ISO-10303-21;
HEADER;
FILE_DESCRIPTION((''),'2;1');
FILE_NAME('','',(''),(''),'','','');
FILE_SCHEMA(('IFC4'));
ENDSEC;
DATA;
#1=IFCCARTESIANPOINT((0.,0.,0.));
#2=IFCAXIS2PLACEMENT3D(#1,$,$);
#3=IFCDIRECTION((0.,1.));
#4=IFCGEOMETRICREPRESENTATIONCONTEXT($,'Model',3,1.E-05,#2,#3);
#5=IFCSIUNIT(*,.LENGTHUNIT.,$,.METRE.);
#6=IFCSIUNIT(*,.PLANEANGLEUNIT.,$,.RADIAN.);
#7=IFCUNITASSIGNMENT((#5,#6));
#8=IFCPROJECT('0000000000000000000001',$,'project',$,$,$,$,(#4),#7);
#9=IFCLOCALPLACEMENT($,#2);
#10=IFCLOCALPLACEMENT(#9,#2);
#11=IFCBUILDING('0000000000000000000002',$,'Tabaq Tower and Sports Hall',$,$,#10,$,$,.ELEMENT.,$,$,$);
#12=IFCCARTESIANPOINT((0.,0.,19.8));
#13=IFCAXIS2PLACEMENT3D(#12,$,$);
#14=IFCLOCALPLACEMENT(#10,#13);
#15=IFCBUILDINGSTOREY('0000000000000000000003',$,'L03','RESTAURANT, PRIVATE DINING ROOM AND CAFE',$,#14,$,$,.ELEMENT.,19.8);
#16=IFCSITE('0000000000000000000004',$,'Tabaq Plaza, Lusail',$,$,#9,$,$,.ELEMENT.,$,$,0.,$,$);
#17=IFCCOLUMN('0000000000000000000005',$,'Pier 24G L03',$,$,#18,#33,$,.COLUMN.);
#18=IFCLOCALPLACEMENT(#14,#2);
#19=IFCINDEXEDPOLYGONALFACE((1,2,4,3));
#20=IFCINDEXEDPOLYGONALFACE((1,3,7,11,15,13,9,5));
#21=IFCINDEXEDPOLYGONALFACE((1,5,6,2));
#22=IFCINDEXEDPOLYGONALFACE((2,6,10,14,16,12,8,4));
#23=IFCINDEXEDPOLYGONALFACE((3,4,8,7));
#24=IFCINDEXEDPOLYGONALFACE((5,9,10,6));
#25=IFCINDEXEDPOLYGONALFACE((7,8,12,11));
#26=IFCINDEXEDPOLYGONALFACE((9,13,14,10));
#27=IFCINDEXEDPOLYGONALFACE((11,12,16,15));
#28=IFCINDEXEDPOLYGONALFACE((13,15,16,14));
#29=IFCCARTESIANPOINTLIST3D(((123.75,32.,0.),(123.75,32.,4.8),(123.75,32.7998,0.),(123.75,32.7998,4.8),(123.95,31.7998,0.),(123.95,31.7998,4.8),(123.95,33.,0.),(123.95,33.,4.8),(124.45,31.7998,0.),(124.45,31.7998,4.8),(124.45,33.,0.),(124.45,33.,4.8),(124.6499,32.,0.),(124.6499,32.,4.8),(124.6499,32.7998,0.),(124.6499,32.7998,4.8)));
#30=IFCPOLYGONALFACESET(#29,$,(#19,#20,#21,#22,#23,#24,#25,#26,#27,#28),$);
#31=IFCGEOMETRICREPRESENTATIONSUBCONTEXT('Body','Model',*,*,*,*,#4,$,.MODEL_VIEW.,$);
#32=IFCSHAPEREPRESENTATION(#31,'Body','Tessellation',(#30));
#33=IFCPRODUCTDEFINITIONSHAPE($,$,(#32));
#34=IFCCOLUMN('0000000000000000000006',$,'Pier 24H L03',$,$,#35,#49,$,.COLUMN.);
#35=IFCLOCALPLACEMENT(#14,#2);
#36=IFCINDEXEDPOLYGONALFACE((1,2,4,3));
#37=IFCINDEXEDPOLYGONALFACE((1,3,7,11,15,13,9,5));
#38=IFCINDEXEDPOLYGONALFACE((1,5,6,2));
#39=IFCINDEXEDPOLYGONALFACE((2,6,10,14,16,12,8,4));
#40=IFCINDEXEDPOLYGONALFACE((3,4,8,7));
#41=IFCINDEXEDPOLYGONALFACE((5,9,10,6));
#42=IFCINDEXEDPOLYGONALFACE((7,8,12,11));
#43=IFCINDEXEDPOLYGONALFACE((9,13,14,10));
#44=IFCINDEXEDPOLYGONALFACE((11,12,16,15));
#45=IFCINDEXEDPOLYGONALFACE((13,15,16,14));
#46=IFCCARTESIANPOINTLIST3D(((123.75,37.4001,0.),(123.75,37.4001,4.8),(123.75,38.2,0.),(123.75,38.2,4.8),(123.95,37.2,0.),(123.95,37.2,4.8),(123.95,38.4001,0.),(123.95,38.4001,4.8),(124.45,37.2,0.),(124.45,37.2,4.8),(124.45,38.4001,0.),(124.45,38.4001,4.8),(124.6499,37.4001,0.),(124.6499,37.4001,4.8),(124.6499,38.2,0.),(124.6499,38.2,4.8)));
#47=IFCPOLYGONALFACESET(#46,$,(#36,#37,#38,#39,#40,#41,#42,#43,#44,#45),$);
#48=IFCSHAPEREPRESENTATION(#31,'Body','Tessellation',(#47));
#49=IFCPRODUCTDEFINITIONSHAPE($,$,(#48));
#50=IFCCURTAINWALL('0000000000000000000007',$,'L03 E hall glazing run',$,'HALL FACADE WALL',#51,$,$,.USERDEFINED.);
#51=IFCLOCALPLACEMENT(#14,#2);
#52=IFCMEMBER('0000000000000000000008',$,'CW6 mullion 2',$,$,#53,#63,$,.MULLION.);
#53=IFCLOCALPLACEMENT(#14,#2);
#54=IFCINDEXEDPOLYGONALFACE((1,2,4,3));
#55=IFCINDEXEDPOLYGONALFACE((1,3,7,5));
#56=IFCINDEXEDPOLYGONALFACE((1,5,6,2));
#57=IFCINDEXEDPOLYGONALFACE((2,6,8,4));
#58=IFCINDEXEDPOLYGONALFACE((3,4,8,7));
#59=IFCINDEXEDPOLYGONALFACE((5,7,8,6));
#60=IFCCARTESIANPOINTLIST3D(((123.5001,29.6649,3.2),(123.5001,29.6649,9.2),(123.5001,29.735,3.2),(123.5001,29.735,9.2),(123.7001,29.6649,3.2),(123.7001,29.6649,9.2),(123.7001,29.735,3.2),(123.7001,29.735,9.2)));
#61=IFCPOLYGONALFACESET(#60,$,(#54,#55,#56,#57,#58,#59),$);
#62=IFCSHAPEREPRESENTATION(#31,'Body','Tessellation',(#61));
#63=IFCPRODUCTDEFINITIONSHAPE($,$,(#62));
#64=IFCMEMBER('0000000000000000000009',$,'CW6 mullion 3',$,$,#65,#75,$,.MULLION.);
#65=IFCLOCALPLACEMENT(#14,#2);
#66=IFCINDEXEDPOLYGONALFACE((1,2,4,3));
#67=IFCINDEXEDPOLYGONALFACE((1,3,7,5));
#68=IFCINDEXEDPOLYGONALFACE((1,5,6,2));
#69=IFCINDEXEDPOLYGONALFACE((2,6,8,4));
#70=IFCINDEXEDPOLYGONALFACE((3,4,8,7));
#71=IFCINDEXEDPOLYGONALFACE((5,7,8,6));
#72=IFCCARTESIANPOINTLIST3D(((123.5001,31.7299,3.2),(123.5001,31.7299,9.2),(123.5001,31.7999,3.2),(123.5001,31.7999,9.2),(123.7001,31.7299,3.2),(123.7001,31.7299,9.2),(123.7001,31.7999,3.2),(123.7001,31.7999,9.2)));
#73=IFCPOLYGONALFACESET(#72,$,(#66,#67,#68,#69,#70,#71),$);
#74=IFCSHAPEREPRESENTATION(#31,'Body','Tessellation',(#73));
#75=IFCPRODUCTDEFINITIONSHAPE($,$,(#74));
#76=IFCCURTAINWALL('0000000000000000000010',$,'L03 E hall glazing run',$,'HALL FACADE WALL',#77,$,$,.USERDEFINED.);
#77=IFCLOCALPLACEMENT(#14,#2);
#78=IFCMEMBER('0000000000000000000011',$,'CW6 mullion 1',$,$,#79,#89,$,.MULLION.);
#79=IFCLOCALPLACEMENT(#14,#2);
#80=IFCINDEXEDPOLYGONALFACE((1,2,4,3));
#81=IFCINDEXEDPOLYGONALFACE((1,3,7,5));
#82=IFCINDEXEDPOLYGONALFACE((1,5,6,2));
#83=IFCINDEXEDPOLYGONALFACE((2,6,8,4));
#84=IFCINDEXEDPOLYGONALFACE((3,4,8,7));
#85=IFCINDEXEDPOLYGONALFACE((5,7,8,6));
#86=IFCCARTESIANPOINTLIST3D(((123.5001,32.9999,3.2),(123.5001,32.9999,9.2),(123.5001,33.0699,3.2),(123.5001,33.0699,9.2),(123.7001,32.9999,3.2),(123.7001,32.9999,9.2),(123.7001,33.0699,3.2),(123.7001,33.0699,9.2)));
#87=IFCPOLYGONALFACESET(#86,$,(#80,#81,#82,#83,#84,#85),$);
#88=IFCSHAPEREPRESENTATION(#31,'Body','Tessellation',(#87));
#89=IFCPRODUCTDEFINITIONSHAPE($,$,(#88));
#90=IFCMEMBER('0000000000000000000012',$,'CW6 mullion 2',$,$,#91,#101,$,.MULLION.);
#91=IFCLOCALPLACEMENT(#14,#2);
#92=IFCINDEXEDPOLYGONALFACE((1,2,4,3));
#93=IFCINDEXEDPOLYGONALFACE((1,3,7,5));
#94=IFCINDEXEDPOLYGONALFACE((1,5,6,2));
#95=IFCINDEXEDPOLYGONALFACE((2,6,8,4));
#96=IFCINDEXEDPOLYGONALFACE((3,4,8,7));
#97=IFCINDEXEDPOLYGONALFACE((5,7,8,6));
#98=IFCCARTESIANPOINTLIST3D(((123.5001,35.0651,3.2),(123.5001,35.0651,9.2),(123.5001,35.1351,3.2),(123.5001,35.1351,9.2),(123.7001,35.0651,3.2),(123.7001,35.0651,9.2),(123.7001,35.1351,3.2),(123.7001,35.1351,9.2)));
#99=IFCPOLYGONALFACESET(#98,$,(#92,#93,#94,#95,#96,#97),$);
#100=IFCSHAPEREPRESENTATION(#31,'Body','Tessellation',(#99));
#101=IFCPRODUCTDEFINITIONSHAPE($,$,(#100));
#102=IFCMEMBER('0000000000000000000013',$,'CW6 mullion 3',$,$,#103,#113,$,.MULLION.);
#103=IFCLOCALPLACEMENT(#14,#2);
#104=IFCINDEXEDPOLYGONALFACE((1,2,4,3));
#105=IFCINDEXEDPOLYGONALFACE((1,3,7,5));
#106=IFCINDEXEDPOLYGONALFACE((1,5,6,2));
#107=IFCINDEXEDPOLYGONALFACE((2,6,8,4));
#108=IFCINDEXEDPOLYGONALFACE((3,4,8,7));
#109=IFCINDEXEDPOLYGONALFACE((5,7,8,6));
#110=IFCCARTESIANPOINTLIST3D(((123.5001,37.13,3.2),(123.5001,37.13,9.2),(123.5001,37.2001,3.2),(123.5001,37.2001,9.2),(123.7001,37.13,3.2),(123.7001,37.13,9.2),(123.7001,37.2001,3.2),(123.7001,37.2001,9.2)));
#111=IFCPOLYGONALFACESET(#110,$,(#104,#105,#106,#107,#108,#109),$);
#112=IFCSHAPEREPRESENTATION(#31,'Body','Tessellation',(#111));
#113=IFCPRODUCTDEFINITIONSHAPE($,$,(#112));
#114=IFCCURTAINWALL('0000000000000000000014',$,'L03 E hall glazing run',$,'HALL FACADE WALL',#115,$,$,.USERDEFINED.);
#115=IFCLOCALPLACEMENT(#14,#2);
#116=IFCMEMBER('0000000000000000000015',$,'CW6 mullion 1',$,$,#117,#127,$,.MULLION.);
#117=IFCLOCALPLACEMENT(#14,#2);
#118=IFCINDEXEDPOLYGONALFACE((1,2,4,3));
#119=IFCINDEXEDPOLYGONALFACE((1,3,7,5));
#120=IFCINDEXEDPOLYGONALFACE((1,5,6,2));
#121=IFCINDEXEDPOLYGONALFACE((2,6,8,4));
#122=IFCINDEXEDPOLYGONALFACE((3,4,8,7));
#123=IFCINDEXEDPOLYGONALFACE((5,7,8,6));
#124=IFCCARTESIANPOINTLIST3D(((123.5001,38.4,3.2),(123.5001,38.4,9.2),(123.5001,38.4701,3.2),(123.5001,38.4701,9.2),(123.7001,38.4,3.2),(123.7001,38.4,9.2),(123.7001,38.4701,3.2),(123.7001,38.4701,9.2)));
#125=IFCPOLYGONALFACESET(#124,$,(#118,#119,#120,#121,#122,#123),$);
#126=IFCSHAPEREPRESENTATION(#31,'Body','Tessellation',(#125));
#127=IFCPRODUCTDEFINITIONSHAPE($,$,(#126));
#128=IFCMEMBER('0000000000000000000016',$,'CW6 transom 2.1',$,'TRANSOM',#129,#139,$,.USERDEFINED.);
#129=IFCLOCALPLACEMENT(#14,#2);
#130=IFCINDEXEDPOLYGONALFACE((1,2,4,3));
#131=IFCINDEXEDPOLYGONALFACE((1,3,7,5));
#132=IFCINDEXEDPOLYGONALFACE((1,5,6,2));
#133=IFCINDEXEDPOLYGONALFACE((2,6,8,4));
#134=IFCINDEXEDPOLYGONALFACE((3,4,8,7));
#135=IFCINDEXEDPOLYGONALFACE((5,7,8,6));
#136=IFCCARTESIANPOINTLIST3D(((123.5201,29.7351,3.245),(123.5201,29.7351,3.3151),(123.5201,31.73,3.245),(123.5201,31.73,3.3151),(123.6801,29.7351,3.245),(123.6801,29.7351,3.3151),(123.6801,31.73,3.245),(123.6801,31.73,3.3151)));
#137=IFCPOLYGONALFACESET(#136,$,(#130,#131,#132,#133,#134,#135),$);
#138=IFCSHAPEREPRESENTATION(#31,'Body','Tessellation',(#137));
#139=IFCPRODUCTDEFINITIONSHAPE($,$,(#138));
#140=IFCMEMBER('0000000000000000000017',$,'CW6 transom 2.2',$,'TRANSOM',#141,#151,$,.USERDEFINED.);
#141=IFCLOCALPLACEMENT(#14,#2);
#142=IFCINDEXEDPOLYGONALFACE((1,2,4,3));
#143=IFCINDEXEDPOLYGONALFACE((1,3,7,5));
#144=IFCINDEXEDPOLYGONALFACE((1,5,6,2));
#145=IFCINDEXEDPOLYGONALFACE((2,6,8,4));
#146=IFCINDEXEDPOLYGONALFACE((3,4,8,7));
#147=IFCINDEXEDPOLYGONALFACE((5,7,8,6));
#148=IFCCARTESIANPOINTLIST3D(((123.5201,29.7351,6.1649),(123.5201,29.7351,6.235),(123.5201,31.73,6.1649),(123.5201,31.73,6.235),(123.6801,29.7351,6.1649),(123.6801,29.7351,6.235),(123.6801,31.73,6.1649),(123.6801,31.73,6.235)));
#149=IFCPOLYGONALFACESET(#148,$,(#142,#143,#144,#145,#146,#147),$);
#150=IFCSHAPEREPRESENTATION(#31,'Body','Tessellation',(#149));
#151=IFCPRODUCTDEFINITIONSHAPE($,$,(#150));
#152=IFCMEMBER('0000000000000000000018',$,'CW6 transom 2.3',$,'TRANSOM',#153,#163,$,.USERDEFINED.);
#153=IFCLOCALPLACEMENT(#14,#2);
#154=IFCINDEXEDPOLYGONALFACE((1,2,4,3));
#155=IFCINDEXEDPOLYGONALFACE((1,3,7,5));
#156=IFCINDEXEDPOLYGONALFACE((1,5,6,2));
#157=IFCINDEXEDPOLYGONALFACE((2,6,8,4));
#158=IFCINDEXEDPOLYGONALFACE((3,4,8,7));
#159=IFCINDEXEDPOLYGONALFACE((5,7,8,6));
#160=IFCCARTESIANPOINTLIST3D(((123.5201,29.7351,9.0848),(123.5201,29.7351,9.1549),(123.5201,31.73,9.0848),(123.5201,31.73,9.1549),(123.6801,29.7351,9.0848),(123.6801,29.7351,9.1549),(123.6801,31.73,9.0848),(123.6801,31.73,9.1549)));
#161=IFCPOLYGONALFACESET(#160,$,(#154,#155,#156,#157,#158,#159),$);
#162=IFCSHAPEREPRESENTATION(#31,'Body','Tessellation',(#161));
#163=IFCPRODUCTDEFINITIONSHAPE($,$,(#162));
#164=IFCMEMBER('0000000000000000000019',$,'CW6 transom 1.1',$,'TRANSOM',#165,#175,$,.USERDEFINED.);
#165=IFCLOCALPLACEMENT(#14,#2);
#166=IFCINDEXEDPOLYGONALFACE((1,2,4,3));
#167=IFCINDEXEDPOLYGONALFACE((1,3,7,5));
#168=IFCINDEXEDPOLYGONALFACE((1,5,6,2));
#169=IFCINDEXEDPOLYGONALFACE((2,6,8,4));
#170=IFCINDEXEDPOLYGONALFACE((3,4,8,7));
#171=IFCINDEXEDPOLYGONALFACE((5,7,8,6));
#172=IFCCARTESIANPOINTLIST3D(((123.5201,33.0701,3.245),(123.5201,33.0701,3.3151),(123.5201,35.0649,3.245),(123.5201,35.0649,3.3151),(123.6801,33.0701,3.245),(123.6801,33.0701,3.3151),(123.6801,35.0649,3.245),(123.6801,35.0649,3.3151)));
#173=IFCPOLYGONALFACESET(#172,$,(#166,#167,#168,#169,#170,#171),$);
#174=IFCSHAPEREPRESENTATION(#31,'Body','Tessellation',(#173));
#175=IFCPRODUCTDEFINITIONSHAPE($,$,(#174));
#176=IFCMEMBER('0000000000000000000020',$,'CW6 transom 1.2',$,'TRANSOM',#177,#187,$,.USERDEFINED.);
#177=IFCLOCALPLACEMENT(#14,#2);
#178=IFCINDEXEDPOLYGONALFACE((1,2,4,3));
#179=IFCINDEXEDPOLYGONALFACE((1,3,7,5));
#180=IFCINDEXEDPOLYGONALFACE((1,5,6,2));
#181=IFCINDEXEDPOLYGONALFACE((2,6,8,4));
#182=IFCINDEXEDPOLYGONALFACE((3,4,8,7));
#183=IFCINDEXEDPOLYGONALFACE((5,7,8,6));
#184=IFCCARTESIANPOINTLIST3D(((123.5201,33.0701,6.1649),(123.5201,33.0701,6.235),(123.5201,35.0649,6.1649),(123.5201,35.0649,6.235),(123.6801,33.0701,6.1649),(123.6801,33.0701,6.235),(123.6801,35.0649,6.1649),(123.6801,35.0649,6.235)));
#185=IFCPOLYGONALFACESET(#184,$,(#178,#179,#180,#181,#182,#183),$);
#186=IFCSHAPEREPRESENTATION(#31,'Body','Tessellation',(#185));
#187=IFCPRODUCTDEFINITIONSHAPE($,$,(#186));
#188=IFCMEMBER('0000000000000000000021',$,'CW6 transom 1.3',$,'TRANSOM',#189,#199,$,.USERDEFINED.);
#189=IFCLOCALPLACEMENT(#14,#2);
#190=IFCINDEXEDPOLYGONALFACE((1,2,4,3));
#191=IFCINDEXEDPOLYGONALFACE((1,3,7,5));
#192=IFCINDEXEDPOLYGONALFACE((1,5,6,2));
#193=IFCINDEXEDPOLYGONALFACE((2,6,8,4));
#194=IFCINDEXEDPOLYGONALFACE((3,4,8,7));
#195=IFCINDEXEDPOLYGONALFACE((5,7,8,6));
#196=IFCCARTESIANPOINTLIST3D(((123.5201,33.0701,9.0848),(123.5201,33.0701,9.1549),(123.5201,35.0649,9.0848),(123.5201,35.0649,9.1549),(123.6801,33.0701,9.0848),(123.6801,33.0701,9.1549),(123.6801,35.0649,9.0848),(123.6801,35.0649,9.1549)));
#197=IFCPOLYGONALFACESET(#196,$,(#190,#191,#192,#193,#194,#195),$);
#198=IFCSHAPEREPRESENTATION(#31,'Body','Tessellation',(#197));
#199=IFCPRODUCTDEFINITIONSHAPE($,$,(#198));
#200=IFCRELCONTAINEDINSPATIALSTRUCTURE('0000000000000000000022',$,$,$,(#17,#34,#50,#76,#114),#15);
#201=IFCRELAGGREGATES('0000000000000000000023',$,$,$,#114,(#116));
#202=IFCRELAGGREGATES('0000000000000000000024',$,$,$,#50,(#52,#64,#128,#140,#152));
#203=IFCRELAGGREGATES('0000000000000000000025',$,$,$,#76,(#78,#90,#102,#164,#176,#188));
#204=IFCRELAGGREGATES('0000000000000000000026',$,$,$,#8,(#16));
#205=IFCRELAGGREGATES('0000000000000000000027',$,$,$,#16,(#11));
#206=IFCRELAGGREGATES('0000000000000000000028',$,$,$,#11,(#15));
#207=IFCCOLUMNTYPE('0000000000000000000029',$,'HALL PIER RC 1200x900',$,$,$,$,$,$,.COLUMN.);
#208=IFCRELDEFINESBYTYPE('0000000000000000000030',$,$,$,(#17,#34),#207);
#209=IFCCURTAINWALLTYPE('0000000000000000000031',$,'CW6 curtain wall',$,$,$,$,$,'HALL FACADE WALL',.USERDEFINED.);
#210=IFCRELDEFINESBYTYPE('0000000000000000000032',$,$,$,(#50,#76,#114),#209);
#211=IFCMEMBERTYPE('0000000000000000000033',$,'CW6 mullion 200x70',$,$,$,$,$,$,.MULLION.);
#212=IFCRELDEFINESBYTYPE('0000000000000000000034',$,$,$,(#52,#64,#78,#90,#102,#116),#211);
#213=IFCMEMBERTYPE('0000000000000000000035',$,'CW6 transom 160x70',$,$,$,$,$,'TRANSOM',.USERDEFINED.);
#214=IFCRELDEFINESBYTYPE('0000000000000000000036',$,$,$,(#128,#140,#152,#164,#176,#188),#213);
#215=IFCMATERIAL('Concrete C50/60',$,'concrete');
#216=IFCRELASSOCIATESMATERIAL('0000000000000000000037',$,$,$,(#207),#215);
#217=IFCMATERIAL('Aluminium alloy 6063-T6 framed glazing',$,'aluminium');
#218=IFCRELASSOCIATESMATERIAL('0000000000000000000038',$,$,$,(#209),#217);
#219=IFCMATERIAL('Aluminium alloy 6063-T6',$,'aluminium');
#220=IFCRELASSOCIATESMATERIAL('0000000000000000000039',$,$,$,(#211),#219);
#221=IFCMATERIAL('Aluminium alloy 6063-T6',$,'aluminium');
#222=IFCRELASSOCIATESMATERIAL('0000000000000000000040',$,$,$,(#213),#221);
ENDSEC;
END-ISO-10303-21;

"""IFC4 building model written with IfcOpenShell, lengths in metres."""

from ifc_helpers import new_model, si_unit, direction, frame, origin, origin_2d, place, context, subcontext, project, spatial, polyline, rectangle, outline, extrude, material, material_profile, profile_set, type_object, element, aggregate, save


model = new_model("IFC4")

# Units and contexts
model_context = context("Model", 3, precision=1e-05, world=origin(), true_north=direction((0.0, 1.0)))
body_context = subcontext(model_context, "Body", "Model", "MODEL_VIEW")
ifc_project = project(units=[si_unit("LENGTHUNIT", "METRE"), si_unit("PLANEANGLEUNIT", "RADIAN")], contexts=[model_context])

# Site, building, storey
site_placement = place(None, origin())
site = spatial("IfcSite", under=ifc_project, at=site_placement, Name="Tabaq Plaza, Lusail", CompositionType="ELEMENT", RefElevation=0.0)
building_placement = place(site_placement, origin())
building = spatial("IfcBuilding", under=site, at=building_placement, Name="Tabaq Tower and Sports Hall", CompositionType="ELEMENT")
storey_placement = place(building_placement, frame((0.0, 0.0, 19.8)))
storey = spatial("IfcBuildingStorey", under=building, at=storey_placement, Name="L03", Description="RESTAURANT, PRIVATE DINING ROOM AND CAFE", CompositionType="ELEMENT", Elevation=19.8)

# Columns
ifc_material_1 = material(Name="Concrete C50/60", Category="concrete")
ifc_material_profile_1 = material_profile(ifc_material_1, outline(polyline([(-0.3999, -0.45), (0.3999, -0.45), (0.6001, -0.25), (0.6001, 0.25), (0.3999, 0.45), (-0.3999, 0.45), (-0.6001, 0.25), (-0.6001, -0.25), (-0.3999, -0.45)])), Name="PIER 1200x900")
ifc_profile_set_1 = profile_set([ifc_material_profile_1], Name="Concrete C50/60")
column_type = type_object("IfcColumnType", Name="HALL PIER RC 1200x900", PredefinedType="COLUMN", material=ifc_profile_set_1)
for number, where, z_axis, x_axis, name in (
    (1, (124.2, 32.3999, 0.0), (0.0, 0.0, 1.0), (0.0, 1.0, 0.0), "Pier 24G L03"),
    (2, (124.2, 37.8, 0.0), (0.0, 0.0, 1.0), (0.0, 1.0, 0.0), "Pier 24H L03"),
):
    element("IfcColumn", number, at=place(storey_placement, frame(where, z_axis=z_axis, x_axis=x_axis)), inside=storey, type_object=column_type, Name=name, PredefinedType="COLUMN", context=body_context, shape_type="SweptSolid", body=[
        extrude(outline(polyline([(-0.3999, -0.45), (0.3999, -0.45), (0.6001, -0.25), (0.6001, 0.25), (0.3999, 0.45), (-0.3999, 0.45), (-0.6001, 0.25), (-0.6001, -0.25), (-0.3999, -0.45)])), origin(), (0.0, 0.0, 1.0), 4.8),
    ])

# Curtain walls, members
ifc_material_2 = material(Name="Aluminium alloy 6063-T6 framed glazing", Category="aluminium")
curtain_wall_type = type_object("IfcCurtainWallType", Name="CW6 curtain wall", ElementType="HALL FACADE WALL", PredefinedType="USERDEFINED", material=ifc_material_2)
curtain_wall_1_placement = place(storey_placement, origin())
curtain_wall_1 = element("IfcCurtainWall", 3, at=curtain_wall_1_placement, inside=storey, type_object=curtain_wall_type, Name="L03 E hall glazing run", ObjectType="HALL FACADE WALL", PredefinedType="USERDEFINED")
ifc_material_3 = material(Name="Aluminium alloy 6063-T6", Category="aluminium")
ifc_material_profile_2 = material_profile(ifc_material_3, rectangle(XDim=0.2, YDim=0.0701, at=origin_2d()), Name="MULLION 200x70")
ifc_profile_set_2 = profile_set([ifc_material_profile_2], Name="Aluminium alloy 6063-T6")
member_type_1 = type_object("IfcMemberType", Name="CW6 mullion 200x70", PredefinedType="MULLION", material=ifc_profile_set_2)
member_1_placement = place(storey_placement, frame((123.6001, 29.7, 3.2), z_axis=(0.0, 0.0, 1.0), x_axis=(-1.0, 0.0, 0.0)))
member_1 = element("IfcMember", 4, at=member_1_placement, type_object=member_type_1, Name="CW6 mullion 2", PredefinedType="MULLION", context=body_context, shape_type="SweptSolid", body=[
    extrude(rectangle(XDim=0.2, YDim=0.0701, at=origin_2d()), origin(), (0.0, 0.0, 1.0), 6.0),
])
member_2_placement = place(storey_placement, frame((123.6001, 31.7649, 3.2), z_axis=(0.0, 0.0, 1.0), x_axis=(-1.0, 0.0, 0.0)))
member_2 = element("IfcMember", 5, at=member_2_placement, type_object=member_type_1, Name="CW6 mullion 3", PredefinedType="MULLION", context=body_context, shape_type="SweptSolid", body=[
    extrude(rectangle(XDim=0.2, YDim=0.0701, at=origin_2d()), origin(), (0.0, 0.0, 1.0), 6.0),
])
curtain_wall_2_placement = place(storey_placement, origin())
curtain_wall_2 = element("IfcCurtainWall", 6, at=curtain_wall_2_placement, inside=storey, type_object=curtain_wall_type, Name="L03 E hall glazing run", ObjectType="HALL FACADE WALL", PredefinedType="USERDEFINED")
member_3_placement = place(storey_placement, frame((123.6001, 33.0349, 3.2), z_axis=(0.0, 0.0, 1.0), x_axis=(-1.0, 0.0, 0.0)))
member_3 = element("IfcMember", 7, at=member_3_placement, type_object=member_type_1, Name="CW6 mullion 1", PredefinedType="MULLION", context=body_context, shape_type="SweptSolid", body=[
    extrude(rectangle(XDim=0.2, YDim=0.0701, at=origin_2d()), origin(), (0.0, 0.0, 1.0), 6.0),
])
member_4_placement = place(storey_placement, frame((123.6001, 35.1001, 3.2), z_axis=(0.0, 0.0, 1.0), x_axis=(-1.0, 0.0, 0.0)))
member_4 = element("IfcMember", 8, at=member_4_placement, type_object=member_type_1, Name="CW6 mullion 2", PredefinedType="MULLION", context=body_context, shape_type="SweptSolid", body=[
    extrude(rectangle(XDim=0.2, YDim=0.0701, at=origin_2d()), origin(), (0.0, 0.0, 1.0), 6.0),
])
member_5_placement = place(storey_placement, frame((123.6001, 37.165, 3.2), z_axis=(0.0, 0.0, 1.0), x_axis=(-1.0, 0.0, 0.0)))
member_5 = element("IfcMember", 9, at=member_5_placement, type_object=member_type_1, Name="CW6 mullion 3", PredefinedType="MULLION", context=body_context, shape_type="SweptSolid", body=[
    extrude(rectangle(XDim=0.2, YDim=0.0701, at=origin_2d()), origin(), (0.0, 0.0, 1.0), 6.0),
])

# Curtain wall, member
curtain_wall_3_placement = place(storey_placement, origin())
curtain_wall_3 = element("IfcCurtainWall", 10, at=curtain_wall_3_placement, inside=storey, type_object=curtain_wall_type, Name="L03 E hall glazing run", ObjectType="HALL FACADE WALL", PredefinedType="USERDEFINED")
member_6_placement = place(storey_placement, frame((123.6001, 38.4351, 3.2), z_axis=(0.0, 0.0, 1.0), x_axis=(-1.0, 0.0, 0.0)))
member_6 = element("IfcMember", 11, at=member_6_placement, type_object=member_type_1, Name="CW6 mullion 1", PredefinedType="MULLION", context=body_context, shape_type="SweptSolid", body=[
    extrude(rectangle(XDim=0.2, YDim=0.0701, at=origin_2d()), origin(), (0.0, 0.0, 1.0), 6.0),
])

# Members
ifc_material_4 = material(Name="Aluminium alloy 6063-T6", Category="aluminium")
ifc_material_profile_3 = material_profile(ifc_material_4, rectangle(XDim=0.1599, YDim=0.0701, at=origin_2d()), Name="TRANSOM 160x70")
ifc_profile_set_3 = profile_set([ifc_material_profile_3], Name="Aluminium alloy 6063-T6")
member_type_2 = type_object("IfcMemberType", Name="CW6 transom 160x70", ElementType="TRANSOM", PredefinedType="USERDEFINED", material=ifc_profile_set_3)
member_7_placement = place(storey_placement, frame((123.6001, 29.7351, 3.28), z_axis=(0.0, 1.0, 0.0), x_axis=(-1.0, 0.0, 0.0)))
member_7 = element("IfcMember", 12, at=member_7_placement, type_object=member_type_2, Name="CW6 transom 2.1", ObjectType="TRANSOM", PredefinedType="USERDEFINED", context=body_context, shape_type="SweptSolid", body=[
    extrude(rectangle(XDim=0.1599, YDim=0.0701, at=origin_2d()), origin(), (0.0, 0.0, 1.0), 1.9949),
])
member_8_placement = place(storey_placement, frame((123.6001, 29.7351, 6.2), z_axis=(0.0, 1.0, 0.0), x_axis=(-1.0, 0.0, 0.0)))
member_8 = element("IfcMember", 13, at=member_8_placement, type_object=member_type_2, Name="CW6 transom 2.2", ObjectType="TRANSOM", PredefinedType="USERDEFINED", context=body_context, shape_type="SweptSolid", body=[
    extrude(rectangle(XDim=0.1599, YDim=0.0701, at=origin_2d()), origin(), (0.0, 0.0, 1.0), 1.9949),
])
member_9_placement = place(storey_placement, frame((123.6001, 29.7351, 9.1199), z_axis=(0.0, 1.0, 0.0), x_axis=(-1.0, 0.0, 0.0)))
member_9 = element("IfcMember", 14, at=member_9_placement, type_object=member_type_2, Name="CW6 transom 2.3", ObjectType="TRANSOM", PredefinedType="USERDEFINED", context=body_context, shape_type="SweptSolid", body=[
    extrude(rectangle(XDim=0.1599, YDim=0.0701, at=origin_2d()), origin(), (0.0, 0.0, 1.0), 1.9949),
])
member_10_placement = place(storey_placement, frame((123.6001, 33.0701, 3.28), z_axis=(0.0, 1.0, 0.0), x_axis=(-1.0, 0.0, 0.0)))
member_10 = element("IfcMember", 15, at=member_10_placement, type_object=member_type_2, Name="CW6 transom 1.1", ObjectType="TRANSOM", PredefinedType="USERDEFINED", context=body_context, shape_type="SweptSolid", body=[
    extrude(rectangle(XDim=0.1599, YDim=0.0701, at=origin_2d()), origin(), (0.0, 0.0, 1.0), 1.9949),
])
member_11_placement = place(storey_placement, frame((123.6001, 33.0701, 6.2), z_axis=(0.0, 1.0, 0.0), x_axis=(-1.0, 0.0, 0.0)))
member_11 = element("IfcMember", 16, at=member_11_placement, type_object=member_type_2, Name="CW6 transom 1.2", ObjectType="TRANSOM", PredefinedType="USERDEFINED", context=body_context, shape_type="SweptSolid", body=[
    extrude(rectangle(XDim=0.1599, YDim=0.0701, at=origin_2d()), origin(), (0.0, 0.0, 1.0), 1.9949),
])
member_12_placement = place(storey_placement, frame((123.6001, 33.0701, 9.1199), z_axis=(0.0, 1.0, 0.0), x_axis=(-1.0, 0.0, 0.0)))
member_12 = element("IfcMember", 17, at=member_12_placement, type_object=member_type_2, Name="CW6 transom 1.3", ObjectType="TRANSOM", PredefinedType="USERDEFINED", context=body_context, shape_type="SweptSolid", body=[
    extrude(rectangle(XDim=0.1599, YDim=0.0701, at=origin_2d()), origin(), (0.0, 0.0, 1.0), 1.9949),
])
aggregate(curtain_wall_3, [member_6])

aggregate(curtain_wall_1, [member_1, member_2, member_7, member_8, member_9])
aggregate(curtain_wall_2, [member_3, member_4, member_5, member_10, member_11, member_12])

save(model, "model.ifc")
